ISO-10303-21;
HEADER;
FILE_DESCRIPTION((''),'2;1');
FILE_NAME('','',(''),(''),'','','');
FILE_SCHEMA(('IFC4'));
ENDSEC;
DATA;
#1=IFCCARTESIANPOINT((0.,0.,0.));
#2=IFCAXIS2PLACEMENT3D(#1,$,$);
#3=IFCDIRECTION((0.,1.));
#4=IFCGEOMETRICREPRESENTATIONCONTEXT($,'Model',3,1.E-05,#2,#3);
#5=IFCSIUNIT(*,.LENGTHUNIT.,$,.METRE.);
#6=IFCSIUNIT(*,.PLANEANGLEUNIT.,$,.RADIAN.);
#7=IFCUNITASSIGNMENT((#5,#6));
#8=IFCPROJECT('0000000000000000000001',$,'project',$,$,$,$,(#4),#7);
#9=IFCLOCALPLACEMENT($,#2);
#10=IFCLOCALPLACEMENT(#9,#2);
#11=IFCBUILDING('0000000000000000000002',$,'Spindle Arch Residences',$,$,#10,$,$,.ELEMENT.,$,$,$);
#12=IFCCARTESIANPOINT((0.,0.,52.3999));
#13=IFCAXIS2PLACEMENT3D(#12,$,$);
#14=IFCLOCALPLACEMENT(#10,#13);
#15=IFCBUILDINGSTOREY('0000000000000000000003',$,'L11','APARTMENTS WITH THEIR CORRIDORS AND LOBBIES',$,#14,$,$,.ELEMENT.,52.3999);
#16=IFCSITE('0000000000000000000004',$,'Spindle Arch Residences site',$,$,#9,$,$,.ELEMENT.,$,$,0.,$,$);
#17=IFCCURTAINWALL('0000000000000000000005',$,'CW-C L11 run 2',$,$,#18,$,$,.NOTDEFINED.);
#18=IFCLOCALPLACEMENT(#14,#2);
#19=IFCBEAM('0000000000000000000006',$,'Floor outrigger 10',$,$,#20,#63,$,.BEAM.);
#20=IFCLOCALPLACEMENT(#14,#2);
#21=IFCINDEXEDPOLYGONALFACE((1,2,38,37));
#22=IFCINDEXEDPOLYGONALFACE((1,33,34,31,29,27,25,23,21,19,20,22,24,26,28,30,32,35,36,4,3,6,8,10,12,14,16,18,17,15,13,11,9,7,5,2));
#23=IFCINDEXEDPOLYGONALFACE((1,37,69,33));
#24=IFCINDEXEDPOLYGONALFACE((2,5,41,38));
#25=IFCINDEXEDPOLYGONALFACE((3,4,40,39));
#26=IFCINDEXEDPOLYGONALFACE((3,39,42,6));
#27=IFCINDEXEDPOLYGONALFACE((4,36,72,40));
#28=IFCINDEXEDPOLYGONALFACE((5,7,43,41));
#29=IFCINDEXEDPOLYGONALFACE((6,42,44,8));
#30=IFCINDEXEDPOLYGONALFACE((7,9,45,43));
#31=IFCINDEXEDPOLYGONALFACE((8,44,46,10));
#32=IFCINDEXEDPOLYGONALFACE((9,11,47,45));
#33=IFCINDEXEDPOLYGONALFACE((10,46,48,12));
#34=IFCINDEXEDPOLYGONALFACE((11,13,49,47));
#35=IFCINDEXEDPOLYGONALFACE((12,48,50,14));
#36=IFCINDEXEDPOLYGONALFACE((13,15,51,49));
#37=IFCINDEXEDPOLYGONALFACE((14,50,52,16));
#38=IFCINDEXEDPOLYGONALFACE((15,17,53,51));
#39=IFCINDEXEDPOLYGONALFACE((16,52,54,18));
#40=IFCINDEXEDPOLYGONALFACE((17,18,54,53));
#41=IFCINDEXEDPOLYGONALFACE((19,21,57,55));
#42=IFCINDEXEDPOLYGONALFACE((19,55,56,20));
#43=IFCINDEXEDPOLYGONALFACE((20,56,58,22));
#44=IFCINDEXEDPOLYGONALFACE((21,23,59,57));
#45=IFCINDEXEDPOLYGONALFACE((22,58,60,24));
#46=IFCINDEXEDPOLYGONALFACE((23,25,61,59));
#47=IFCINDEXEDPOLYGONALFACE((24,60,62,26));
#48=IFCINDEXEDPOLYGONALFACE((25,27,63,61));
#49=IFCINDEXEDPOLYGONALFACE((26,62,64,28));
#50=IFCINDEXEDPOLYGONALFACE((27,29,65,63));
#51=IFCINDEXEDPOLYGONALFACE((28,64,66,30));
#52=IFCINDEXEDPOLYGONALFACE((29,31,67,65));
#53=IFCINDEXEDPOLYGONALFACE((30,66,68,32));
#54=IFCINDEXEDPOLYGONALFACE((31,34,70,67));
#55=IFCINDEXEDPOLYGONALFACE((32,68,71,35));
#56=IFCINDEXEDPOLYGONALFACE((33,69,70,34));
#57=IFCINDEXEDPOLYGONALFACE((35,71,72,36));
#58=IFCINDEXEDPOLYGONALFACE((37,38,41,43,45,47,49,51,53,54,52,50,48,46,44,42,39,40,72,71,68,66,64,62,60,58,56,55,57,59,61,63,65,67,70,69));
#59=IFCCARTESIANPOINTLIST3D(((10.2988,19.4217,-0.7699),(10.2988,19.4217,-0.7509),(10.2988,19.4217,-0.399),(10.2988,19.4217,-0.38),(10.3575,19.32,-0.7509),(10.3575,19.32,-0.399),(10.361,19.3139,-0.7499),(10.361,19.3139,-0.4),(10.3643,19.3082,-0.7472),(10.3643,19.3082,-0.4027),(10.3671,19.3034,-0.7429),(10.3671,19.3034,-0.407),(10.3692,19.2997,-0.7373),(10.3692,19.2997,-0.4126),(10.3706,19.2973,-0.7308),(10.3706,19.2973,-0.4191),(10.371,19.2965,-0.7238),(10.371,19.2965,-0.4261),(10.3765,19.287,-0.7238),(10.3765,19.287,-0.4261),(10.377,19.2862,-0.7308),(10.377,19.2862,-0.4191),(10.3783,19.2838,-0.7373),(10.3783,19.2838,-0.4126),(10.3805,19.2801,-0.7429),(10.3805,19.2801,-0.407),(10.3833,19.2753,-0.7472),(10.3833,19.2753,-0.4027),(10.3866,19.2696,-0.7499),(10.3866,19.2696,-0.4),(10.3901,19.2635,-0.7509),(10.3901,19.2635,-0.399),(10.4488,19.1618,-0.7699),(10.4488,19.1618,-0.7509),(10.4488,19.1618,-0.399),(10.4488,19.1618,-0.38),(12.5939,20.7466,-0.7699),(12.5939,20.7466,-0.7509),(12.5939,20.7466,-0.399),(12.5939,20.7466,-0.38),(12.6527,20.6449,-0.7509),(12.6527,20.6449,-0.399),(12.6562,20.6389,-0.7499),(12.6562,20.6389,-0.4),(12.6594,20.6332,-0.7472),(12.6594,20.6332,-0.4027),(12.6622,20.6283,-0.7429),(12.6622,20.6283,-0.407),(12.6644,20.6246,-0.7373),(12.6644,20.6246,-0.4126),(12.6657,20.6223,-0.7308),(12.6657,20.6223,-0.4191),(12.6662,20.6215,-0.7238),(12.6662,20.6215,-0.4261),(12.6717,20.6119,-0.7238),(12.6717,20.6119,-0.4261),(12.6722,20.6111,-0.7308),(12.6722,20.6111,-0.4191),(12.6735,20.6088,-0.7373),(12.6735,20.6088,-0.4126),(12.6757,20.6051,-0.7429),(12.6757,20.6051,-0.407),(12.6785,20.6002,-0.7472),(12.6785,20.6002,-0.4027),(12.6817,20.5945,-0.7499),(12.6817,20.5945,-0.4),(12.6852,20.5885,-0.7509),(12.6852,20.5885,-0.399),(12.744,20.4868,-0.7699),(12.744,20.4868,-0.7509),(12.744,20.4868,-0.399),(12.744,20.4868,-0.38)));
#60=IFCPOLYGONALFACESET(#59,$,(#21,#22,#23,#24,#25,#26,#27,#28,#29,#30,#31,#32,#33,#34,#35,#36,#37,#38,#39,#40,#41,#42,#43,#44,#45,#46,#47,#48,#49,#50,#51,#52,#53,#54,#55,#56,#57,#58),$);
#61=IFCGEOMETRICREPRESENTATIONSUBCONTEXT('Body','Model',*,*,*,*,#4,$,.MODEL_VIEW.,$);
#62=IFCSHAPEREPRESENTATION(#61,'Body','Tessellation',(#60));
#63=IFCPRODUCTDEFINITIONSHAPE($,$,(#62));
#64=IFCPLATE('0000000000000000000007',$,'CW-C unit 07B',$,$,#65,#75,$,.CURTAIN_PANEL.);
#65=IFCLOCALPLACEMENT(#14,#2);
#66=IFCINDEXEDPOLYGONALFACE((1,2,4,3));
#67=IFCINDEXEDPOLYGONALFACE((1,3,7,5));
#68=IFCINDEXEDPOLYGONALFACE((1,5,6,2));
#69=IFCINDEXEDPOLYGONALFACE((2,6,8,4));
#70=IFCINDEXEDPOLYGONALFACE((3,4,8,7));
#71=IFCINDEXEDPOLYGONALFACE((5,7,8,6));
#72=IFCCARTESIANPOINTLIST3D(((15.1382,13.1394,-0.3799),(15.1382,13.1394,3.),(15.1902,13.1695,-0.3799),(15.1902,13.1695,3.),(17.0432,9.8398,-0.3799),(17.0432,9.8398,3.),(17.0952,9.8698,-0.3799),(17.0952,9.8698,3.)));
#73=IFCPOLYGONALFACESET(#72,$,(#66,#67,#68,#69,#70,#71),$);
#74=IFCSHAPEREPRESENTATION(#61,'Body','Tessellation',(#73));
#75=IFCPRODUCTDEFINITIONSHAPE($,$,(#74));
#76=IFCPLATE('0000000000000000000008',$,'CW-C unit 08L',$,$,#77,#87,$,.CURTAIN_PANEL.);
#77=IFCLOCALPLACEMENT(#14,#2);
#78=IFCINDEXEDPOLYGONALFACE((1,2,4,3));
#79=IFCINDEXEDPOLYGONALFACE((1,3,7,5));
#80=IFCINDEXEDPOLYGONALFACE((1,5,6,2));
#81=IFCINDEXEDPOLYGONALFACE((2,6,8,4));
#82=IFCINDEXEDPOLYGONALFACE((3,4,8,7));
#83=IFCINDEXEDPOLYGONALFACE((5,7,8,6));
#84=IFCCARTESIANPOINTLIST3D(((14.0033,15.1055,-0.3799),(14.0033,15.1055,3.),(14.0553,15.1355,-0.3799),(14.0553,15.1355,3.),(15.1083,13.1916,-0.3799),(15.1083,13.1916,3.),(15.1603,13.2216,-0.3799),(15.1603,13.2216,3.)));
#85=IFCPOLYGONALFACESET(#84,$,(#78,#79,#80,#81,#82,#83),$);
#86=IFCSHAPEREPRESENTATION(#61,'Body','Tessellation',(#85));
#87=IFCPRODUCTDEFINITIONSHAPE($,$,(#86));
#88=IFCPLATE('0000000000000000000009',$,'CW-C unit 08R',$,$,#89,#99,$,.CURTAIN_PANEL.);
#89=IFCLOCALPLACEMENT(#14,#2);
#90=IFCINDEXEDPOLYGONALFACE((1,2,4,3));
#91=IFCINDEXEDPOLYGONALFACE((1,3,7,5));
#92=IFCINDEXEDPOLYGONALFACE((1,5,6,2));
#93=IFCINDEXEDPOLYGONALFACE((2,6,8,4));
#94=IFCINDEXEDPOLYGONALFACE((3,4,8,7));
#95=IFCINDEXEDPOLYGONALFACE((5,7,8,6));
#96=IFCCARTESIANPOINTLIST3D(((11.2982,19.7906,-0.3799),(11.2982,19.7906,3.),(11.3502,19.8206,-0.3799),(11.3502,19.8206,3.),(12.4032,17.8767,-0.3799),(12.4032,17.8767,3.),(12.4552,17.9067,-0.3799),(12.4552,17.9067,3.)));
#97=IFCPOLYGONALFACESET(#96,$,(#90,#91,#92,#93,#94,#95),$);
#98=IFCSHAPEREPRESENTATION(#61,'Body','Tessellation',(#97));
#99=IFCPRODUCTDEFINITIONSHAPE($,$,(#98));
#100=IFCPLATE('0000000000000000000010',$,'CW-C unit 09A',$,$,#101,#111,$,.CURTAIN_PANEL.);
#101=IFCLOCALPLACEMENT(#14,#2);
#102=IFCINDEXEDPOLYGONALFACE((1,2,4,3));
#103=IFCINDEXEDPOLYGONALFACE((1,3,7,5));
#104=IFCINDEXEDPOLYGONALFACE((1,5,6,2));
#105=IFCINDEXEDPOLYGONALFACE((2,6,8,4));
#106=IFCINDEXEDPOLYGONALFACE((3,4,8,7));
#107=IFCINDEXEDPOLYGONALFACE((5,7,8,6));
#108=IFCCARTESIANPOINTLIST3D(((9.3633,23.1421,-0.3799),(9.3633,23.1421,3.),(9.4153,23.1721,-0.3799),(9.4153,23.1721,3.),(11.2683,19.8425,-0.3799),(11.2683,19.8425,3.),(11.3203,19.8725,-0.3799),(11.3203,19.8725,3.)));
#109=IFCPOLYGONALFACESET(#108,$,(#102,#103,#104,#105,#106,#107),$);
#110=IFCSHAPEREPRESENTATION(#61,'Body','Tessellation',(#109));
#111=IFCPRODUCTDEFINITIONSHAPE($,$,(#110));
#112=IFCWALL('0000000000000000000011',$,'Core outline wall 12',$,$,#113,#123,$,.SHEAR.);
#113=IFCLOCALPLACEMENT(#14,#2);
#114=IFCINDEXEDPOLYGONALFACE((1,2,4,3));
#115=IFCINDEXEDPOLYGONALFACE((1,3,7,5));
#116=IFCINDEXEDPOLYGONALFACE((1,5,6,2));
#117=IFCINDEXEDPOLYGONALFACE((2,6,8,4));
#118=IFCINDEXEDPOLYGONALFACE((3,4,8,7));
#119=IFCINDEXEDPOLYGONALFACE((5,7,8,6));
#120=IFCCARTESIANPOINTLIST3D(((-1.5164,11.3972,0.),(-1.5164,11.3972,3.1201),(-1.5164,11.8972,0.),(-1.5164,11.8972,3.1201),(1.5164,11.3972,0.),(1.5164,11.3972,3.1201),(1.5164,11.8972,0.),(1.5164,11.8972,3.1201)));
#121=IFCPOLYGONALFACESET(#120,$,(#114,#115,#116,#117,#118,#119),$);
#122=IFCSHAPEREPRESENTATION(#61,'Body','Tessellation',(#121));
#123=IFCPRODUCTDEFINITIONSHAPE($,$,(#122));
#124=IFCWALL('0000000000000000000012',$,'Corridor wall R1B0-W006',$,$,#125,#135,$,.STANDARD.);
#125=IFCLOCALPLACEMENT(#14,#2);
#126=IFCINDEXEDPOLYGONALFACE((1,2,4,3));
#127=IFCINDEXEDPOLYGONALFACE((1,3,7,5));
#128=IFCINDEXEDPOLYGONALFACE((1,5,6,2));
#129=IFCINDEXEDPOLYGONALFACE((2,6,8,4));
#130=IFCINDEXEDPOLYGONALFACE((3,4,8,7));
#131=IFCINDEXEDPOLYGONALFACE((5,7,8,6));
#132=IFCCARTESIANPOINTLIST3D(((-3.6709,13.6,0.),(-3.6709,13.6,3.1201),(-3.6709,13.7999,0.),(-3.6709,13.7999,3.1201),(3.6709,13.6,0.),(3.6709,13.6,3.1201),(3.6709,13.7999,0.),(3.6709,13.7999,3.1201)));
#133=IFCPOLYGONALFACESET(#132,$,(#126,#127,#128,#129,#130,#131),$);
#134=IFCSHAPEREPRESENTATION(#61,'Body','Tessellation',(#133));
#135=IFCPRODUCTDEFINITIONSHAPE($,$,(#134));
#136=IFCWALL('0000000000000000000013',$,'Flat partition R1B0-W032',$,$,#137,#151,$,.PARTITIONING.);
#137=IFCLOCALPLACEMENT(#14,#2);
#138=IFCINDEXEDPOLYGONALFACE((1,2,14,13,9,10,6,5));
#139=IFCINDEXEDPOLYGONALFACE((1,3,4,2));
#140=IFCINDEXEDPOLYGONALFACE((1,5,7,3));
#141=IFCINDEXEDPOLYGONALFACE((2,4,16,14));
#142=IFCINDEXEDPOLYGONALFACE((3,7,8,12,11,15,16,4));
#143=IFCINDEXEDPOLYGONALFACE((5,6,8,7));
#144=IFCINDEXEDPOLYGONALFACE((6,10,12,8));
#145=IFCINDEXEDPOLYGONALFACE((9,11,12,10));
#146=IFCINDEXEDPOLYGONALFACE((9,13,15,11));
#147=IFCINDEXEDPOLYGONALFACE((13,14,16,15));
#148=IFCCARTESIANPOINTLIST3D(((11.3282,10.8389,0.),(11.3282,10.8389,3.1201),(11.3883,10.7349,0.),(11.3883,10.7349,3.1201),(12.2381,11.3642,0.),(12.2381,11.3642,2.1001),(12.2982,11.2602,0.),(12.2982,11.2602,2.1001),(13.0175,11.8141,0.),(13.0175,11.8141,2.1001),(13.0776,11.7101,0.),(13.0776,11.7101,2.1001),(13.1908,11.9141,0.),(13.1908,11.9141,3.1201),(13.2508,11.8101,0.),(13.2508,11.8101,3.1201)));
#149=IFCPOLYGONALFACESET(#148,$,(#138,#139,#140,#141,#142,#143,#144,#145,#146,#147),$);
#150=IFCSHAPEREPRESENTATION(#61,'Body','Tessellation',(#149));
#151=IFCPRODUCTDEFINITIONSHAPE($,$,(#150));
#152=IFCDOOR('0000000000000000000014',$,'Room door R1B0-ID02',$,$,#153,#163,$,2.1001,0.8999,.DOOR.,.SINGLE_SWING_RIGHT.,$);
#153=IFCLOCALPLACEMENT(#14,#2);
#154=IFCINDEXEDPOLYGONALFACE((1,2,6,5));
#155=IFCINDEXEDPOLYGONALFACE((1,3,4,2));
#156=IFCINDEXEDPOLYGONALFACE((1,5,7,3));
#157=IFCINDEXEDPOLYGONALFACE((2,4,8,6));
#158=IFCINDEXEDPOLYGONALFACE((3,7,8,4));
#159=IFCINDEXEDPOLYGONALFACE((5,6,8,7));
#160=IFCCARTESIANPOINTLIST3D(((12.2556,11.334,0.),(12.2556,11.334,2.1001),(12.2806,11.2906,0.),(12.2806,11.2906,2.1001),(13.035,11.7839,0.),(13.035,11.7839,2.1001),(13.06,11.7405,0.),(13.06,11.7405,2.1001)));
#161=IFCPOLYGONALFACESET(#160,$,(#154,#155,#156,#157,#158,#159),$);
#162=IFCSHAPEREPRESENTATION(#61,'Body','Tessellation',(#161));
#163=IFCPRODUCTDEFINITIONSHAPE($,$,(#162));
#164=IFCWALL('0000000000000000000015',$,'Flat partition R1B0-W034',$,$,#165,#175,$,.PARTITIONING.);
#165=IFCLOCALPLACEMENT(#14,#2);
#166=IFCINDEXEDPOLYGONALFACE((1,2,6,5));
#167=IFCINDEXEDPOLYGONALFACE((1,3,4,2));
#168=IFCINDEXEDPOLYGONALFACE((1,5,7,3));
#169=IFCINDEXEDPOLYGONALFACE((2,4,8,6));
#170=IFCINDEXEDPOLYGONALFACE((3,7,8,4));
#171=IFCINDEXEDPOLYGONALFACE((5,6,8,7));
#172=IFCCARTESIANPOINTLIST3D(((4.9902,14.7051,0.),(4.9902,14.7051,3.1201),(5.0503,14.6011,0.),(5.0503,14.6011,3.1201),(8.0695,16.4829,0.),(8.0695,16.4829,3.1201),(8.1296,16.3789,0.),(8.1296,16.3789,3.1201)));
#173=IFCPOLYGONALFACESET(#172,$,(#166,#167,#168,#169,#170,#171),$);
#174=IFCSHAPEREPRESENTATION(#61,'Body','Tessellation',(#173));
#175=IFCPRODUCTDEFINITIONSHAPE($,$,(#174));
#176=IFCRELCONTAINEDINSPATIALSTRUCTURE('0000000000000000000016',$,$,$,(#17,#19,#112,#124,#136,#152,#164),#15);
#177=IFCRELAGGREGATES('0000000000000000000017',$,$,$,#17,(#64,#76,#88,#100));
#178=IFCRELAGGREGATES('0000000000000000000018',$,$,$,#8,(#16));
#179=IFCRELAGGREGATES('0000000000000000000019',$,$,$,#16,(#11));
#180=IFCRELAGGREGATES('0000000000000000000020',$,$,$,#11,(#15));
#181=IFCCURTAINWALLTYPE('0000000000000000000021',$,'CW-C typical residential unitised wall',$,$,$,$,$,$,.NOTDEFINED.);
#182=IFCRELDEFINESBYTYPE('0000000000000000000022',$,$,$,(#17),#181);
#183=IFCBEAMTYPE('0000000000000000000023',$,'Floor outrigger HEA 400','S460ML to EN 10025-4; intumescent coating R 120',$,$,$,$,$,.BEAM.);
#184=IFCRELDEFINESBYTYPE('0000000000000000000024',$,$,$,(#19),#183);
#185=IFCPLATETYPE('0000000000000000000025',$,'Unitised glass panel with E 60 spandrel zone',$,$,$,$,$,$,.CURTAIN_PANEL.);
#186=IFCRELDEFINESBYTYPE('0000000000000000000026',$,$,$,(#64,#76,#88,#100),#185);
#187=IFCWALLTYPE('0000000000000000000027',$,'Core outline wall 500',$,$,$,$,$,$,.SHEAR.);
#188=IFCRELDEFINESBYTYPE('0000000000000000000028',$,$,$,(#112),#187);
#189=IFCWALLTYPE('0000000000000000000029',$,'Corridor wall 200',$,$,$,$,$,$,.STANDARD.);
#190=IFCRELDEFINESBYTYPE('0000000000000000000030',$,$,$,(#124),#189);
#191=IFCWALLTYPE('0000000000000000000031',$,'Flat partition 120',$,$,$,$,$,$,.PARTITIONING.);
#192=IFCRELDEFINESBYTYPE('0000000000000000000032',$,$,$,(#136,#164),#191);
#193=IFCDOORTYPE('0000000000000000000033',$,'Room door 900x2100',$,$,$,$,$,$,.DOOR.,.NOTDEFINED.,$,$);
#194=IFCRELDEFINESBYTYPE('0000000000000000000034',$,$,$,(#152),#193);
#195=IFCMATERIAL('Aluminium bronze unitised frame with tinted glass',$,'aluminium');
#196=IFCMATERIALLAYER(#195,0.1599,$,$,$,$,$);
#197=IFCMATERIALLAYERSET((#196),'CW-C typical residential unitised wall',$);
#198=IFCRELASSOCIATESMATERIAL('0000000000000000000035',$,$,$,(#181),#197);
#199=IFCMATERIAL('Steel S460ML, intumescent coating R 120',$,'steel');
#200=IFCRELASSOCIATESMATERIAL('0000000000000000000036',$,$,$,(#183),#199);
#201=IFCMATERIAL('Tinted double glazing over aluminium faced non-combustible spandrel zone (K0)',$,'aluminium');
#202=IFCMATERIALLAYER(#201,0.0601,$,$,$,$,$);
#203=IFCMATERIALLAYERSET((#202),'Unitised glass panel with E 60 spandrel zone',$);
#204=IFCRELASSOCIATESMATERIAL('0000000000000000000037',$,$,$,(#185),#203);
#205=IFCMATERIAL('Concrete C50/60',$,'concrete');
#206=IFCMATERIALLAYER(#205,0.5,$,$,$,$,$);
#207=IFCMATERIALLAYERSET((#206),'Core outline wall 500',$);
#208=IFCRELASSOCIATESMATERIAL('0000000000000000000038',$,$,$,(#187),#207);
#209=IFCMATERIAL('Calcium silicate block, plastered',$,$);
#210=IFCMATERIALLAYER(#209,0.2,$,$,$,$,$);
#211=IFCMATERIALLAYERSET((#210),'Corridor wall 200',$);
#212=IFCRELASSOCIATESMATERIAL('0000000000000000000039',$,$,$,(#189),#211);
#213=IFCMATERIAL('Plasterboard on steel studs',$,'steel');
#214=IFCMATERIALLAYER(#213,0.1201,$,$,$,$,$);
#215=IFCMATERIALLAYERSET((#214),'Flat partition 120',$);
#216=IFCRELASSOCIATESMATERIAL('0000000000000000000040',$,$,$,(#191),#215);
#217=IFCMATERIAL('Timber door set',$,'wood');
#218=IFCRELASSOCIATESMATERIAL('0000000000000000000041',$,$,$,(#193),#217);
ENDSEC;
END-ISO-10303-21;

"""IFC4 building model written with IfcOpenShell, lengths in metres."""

from ifc_helpers import new_model, si_unit, direction, frame, frame_2d, origin, origin_2d, place, context, subcontext, project, spatial, rectangle, i_section, extrude, material, layer, layer_set, material_profile, profile_set, type_object, element, fill, aggregate, save


model = new_model("IFC4")

# Units and contexts
model_context = context("Model", 3, precision=1e-05, world=origin(), true_north=direction((0.0, 1.0)))
body_context = subcontext(model_context, "Body", "Model", "MODEL_VIEW")
ifc_project = project(units=[si_unit("LENGTHUNIT", "METRE"), si_unit("PLANEANGLEUNIT", "RADIAN")], contexts=[model_context])

# Site, building, storey
site_placement = place(None, origin())
site = spatial("IfcSite", under=ifc_project, at=site_placement, Name="Spindle Arch Residences site", CompositionType="ELEMENT", RefElevation=0.0)
building_placement = place(site_placement, origin())
building = spatial("IfcBuilding", under=site, at=building_placement, Name="Spindle Arch Residences", CompositionType="ELEMENT")
storey_placement = place(building_placement, frame((0.0, 0.0, 52.3999)))
storey = spatial("IfcBuildingStorey", under=building, at=storey_placement, Name="L11", Description="APARTMENTS WITH THEIR CORRIDORS AND LOBBIES", CompositionType="ELEMENT", Elevation=52.3999)

# Curtain wall
ifc_material_1 = material(Name="Aluminium bronze unitised frame with tinted glass", Category="aluminium")
ifc_layer_1 = layer(ifc_material_1, 0.1599)
ifc_layer_set_1 = layer_set([ifc_layer_1], Name="CW-C typical residential unitised wall")
curtain_wall_type = type_object("IfcCurtainWallType", Name="CW-C typical residential unitised wall", PredefinedType="NOTDEFINED", material=ifc_layer_set_1)
curtain_wall_placement = place(storey_placement, origin())
curtain_wall = element("IfcCurtainWall", 1, at=curtain_wall_placement, inside=storey, type_object=curtain_wall_type, Name="CW-C L11 run 2", PredefinedType="NOTDEFINED")

# Beam
ifc_material_2 = material(Name="Steel S460ML, intumescent coating R 120", Category="steel")
ifc_material_profile_1 = material_profile(ifc_material_2, i_section(OverallWidth=0.3, OverallDepth=0.3899, WebThickness=0.011, FlangeThickness=0.019, FilletRadius=0.0271, at=origin_2d()), Name="HEA 400")
ifc_profile_set_1 = profile_set([ifc_material_profile_1], Name="Steel S460ML, intumescent coating R 120")
beam_type_1 = type_object("IfcBeamType", Name="Floor outrigger HEA 400", Description="S460ML to EN 10025-4; intumescent coating R 120", PredefinedType="BEAM", material=ifc_profile_set_1)
for number, where, z_axis, x_axis, name in (
    (2, (12.6689, 20.6167, -0.575), (-0.866052, -0.499954, 0.0), (0.499954, -0.866052, 0.0), "Floor outrigger 10"),
):
    element("IfcBeam", number, at=place(storey_placement, frame(where, z_axis=z_axis, x_axis=x_axis)), inside=storey, type_object=beam_type_1, Name=name, PredefinedType="BEAM", context=body_context, shape_type="SweptSolid", body=[
        extrude(i_section(OverallWidth=0.3, OverallDepth=0.3899, WebThickness=0.011, FlangeThickness=0.019, FilletRadius=0.0271, at=origin_2d()), origin(), (0.0, 0.0, 1.0), 2.6501),
    ])

# Plates
ifc_material_3 = material(Name="Tinted double glazing over aluminium faced non-combustible spandrel zone (K0)", Category="aluminium")
ifc_layer_2 = layer(ifc_material_3, 0.0601)
ifc_layer_set_2 = layer_set([ifc_layer_2], Name="Unitised glass panel with E 60 spandrel zone")
plate_type = type_object("IfcPlateType", Name="Unitised glass panel with E 60 spandrel zone", PredefinedType="CURTAIN_PANEL", material=ifc_layer_set_2)
plate_1_placement = place(storey_placement, frame((16.1167, 11.5046, -0.3799), z_axis=(0.0, 0.0, 1.0), x_axis=(-0.5, 0.866025, 0.0)))
plate_1 = element("IfcPlate", 3, at=plate_1_placement, type_object=plate_type, Name="CW-C unit 07B", PredefinedType="CURTAIN_PANEL", context=body_context, shape_type="SweptSolid", body=[
    extrude(rectangle(XDim=3.8101, YDim=0.0601, at=origin_2d()), origin(), (0.0, 0.0, 1.0), 3.3799),
])
plate_2_placement = place(storey_placement, frame((14.5818, 14.1636, -0.3799), z_axis=(0.0, 0.0, 1.0), x_axis=(-0.5, 0.866025, 0.0)))
plate_2 = element("IfcPlate", 4, at=plate_2_placement, type_object=plate_type, Name="CW-C unit 08L", PredefinedType="CURTAIN_PANEL", context=body_context, shape_type="SweptSolid", body=[
    extrude(rectangle(XDim=2.21, YDim=0.0601, at=origin_2d()), origin(), (0.0, 0.0, 1.0), 3.3799),
])
plate_3_placement = place(storey_placement, frame((11.8767, 18.8486, -0.3799), z_axis=(0.0, 0.0, 1.0), x_axis=(-0.5, 0.866025, 0.0)))
plate_3 = element("IfcPlate", 5, at=plate_3_placement, type_object=plate_type, Name="CW-C unit 08R", PredefinedType="CURTAIN_PANEL", context=body_context, shape_type="SweptSolid", body=[
    extrude(rectangle(XDim=2.21, YDim=0.0601, at=origin_2d()), origin(), (0.0, 0.0, 1.0), 3.3799),
])
plate_4_placement = place(storey_placement, frame((10.3418, 21.5073, -0.3799), z_axis=(0.0, 0.0, 1.0), x_axis=(-0.5, 0.866025, 0.0)))
plate_4 = element("IfcPlate", 6, at=plate_4_placement, type_object=plate_type, Name="CW-C unit 09A", PredefinedType="CURTAIN_PANEL", context=body_context, shape_type="SweptSolid", body=[
    extrude(rectangle(XDim=3.8101, YDim=0.0601, at=origin_2d()), origin(), (0.0, 0.0, 1.0), 3.3799),
])
aggregate(curtain_wall, [plate_1, plate_2, plate_3, plate_4])

# Walls
ifc_material_4 = material(Name="Concrete C50/60", Category="concrete")
ifc_layer_3 = layer(ifc_material_4, 0.5)
ifc_layer_set_3 = layer_set([ifc_layer_3], Name="Core outline wall 500")
wall_type_1 = type_object("IfcWallType", Name="Core outline wall 500", PredefinedType="SHEAR", material=ifc_layer_set_3)
wall_1_placement = place(storey_placement, frame((1.5164, 11.6472, 0.0), z_axis=(0.0, 0.0, 1.0), x_axis=(-1.0, 0.0, 0.0)))
element("IfcWall", 7, at=wall_1_placement, inside=storey, type_object=wall_type_1, Name="Core outline wall 12", PredefinedType="SHEAR", context=body_context, shape_type="SweptSolid", body=[
    extrude(rectangle(XDim=3.0327, YDim=0.5, at=frame_2d((1.5164, 0.0))), origin(), (0.0, 0.0, 1.0), 3.1201),
])
ifc_material_5 = material(Name="Calcium silicate block, plastered")
ifc_layer_4 = layer(ifc_material_5, 0.2)
ifc_layer_set_4 = layer_set([ifc_layer_4], Name="Corridor wall 200")
wall_type_2 = type_object("IfcWallType", Name="Corridor wall 200", PredefinedType="STANDARD", material=ifc_layer_set_4)
wall_2_placement = place(storey_placement, frame((3.6709, 13.7, 0.0), z_axis=(0.0, 0.0, 1.0), x_axis=(-1.0, 0.0, 0.0)))
element("IfcWall", 8, at=wall_2_placement, inside=storey, type_object=wall_type_2, Name="Corridor wall R1B0-W006", PredefinedType="STANDARD", context=body_context, shape_type="SweptSolid", body=[
    extrude(rectangle(XDim=7.3418, YDim=0.2, at=frame_2d((3.6709, 0.0))), origin(), (0.0, 0.0, 1.0), 3.1201),
])

# Wall, opening, door
ifc_material_6 = material(Name="Plasterboard on steel studs", Category="steel")
ifc_layer_5 = layer(ifc_material_6, 0.1201)
ifc_layer_set_5 = layer_set([ifc_layer_5], Name="Flat partition 120")
wall_type_3 = type_object("IfcWallType", Name="Flat partition 120", PredefinedType="PARTITIONING", material=ifc_layer_set_5)
wall_3_placement = place(storey_placement, frame((13.2207, 11.8621, 0.0), z_axis=(0.0, 0.0, 1.0), x_axis=(-0.866055, -0.499948, 0.0)))
wall_3 = element("IfcWall", 9, at=wall_3_placement, inside=storey, type_object=wall_type_3, Name="Flat partition R1B0-W032", PredefinedType="PARTITIONING", context=body_context, shape_type="SweptSolid", body=[
    extrude(rectangle(XDim=2.1506, YDim=0.1201, at=frame_2d((1.0752, 0.0))), origin(), (0.0, 0.0, 1.0), 3.1201),
])
opening_1_placement = place(wall_3_placement, frame((0.2, 0.0, 0.0)))
opening_1 = element("IfcOpeningElement", 10, at=opening_1_placement, cuts=wall_3, PredefinedType="OPENING", context=body_context, shape_type="SweptSolid", body=[
    extrude(rectangle(XDim=0.8999, YDim=2.1001, at=frame_2d((0.45, 1.05))), frame((0.0, 0.0701, 0.0), z_axis=(0.0, -1.0, 0.0), x_axis=(1.0, 0.0, 0.0)), (0.0, 0.0, 1.0), 0.1401),
])
ifc_material_7 = material(Name="Timber door set", Category="wood")
door_type_1 = type_object("IfcDoorType", Name="Room door 900x2100", OperationType="NOTDEFINED", PredefinedType="DOOR", material=ifc_material_7)
door_1_placement = place(opening_1_placement, origin())
door_1 = element("IfcDoor", 11, at=door_1_placement, inside=storey, type_object=door_type_1, Name="Room door R1B0-ID02", OperationType="SINGLE_SWING_RIGHT", OverallHeight=2.1001, OverallWidth=0.8999, PredefinedType="DOOR", context=body_context, shape_type="SweptSolid", body=[
    extrude(rectangle(XDim=0.8999, YDim=2.1001, at=frame_2d((0.45, 1.05))), frame((0.0, 0.0249, 0.0), z_axis=(0.0, -1.0, 0.0), x_axis=(1.0, 0.0, 0.0)), (0.0, 0.0, 1.0), 0.05),
])
fill(opening_1, door_1)

# Wall
wall_4_placement = place(storey_placement, frame((5.0203, 14.6531, 0.0), z_axis=(0.0, 0.0, 1.0), x_axis=(0.866029, 0.499994, 0.0)))
element("IfcWall", 12, at=wall_4_placement, inside=storey, type_object=wall_type_3, Name="Flat partition R1B0-W034", PredefinedType="PARTITIONING", context=body_context, shape_type="SweptSolid", body=[
    extrude(rectangle(XDim=3.5557, YDim=0.1201, at=frame_2d((1.7778, 0.0))), origin(), (0.0, 0.0, 1.0), 3.1201),
])

save(model, "model.ifc")
